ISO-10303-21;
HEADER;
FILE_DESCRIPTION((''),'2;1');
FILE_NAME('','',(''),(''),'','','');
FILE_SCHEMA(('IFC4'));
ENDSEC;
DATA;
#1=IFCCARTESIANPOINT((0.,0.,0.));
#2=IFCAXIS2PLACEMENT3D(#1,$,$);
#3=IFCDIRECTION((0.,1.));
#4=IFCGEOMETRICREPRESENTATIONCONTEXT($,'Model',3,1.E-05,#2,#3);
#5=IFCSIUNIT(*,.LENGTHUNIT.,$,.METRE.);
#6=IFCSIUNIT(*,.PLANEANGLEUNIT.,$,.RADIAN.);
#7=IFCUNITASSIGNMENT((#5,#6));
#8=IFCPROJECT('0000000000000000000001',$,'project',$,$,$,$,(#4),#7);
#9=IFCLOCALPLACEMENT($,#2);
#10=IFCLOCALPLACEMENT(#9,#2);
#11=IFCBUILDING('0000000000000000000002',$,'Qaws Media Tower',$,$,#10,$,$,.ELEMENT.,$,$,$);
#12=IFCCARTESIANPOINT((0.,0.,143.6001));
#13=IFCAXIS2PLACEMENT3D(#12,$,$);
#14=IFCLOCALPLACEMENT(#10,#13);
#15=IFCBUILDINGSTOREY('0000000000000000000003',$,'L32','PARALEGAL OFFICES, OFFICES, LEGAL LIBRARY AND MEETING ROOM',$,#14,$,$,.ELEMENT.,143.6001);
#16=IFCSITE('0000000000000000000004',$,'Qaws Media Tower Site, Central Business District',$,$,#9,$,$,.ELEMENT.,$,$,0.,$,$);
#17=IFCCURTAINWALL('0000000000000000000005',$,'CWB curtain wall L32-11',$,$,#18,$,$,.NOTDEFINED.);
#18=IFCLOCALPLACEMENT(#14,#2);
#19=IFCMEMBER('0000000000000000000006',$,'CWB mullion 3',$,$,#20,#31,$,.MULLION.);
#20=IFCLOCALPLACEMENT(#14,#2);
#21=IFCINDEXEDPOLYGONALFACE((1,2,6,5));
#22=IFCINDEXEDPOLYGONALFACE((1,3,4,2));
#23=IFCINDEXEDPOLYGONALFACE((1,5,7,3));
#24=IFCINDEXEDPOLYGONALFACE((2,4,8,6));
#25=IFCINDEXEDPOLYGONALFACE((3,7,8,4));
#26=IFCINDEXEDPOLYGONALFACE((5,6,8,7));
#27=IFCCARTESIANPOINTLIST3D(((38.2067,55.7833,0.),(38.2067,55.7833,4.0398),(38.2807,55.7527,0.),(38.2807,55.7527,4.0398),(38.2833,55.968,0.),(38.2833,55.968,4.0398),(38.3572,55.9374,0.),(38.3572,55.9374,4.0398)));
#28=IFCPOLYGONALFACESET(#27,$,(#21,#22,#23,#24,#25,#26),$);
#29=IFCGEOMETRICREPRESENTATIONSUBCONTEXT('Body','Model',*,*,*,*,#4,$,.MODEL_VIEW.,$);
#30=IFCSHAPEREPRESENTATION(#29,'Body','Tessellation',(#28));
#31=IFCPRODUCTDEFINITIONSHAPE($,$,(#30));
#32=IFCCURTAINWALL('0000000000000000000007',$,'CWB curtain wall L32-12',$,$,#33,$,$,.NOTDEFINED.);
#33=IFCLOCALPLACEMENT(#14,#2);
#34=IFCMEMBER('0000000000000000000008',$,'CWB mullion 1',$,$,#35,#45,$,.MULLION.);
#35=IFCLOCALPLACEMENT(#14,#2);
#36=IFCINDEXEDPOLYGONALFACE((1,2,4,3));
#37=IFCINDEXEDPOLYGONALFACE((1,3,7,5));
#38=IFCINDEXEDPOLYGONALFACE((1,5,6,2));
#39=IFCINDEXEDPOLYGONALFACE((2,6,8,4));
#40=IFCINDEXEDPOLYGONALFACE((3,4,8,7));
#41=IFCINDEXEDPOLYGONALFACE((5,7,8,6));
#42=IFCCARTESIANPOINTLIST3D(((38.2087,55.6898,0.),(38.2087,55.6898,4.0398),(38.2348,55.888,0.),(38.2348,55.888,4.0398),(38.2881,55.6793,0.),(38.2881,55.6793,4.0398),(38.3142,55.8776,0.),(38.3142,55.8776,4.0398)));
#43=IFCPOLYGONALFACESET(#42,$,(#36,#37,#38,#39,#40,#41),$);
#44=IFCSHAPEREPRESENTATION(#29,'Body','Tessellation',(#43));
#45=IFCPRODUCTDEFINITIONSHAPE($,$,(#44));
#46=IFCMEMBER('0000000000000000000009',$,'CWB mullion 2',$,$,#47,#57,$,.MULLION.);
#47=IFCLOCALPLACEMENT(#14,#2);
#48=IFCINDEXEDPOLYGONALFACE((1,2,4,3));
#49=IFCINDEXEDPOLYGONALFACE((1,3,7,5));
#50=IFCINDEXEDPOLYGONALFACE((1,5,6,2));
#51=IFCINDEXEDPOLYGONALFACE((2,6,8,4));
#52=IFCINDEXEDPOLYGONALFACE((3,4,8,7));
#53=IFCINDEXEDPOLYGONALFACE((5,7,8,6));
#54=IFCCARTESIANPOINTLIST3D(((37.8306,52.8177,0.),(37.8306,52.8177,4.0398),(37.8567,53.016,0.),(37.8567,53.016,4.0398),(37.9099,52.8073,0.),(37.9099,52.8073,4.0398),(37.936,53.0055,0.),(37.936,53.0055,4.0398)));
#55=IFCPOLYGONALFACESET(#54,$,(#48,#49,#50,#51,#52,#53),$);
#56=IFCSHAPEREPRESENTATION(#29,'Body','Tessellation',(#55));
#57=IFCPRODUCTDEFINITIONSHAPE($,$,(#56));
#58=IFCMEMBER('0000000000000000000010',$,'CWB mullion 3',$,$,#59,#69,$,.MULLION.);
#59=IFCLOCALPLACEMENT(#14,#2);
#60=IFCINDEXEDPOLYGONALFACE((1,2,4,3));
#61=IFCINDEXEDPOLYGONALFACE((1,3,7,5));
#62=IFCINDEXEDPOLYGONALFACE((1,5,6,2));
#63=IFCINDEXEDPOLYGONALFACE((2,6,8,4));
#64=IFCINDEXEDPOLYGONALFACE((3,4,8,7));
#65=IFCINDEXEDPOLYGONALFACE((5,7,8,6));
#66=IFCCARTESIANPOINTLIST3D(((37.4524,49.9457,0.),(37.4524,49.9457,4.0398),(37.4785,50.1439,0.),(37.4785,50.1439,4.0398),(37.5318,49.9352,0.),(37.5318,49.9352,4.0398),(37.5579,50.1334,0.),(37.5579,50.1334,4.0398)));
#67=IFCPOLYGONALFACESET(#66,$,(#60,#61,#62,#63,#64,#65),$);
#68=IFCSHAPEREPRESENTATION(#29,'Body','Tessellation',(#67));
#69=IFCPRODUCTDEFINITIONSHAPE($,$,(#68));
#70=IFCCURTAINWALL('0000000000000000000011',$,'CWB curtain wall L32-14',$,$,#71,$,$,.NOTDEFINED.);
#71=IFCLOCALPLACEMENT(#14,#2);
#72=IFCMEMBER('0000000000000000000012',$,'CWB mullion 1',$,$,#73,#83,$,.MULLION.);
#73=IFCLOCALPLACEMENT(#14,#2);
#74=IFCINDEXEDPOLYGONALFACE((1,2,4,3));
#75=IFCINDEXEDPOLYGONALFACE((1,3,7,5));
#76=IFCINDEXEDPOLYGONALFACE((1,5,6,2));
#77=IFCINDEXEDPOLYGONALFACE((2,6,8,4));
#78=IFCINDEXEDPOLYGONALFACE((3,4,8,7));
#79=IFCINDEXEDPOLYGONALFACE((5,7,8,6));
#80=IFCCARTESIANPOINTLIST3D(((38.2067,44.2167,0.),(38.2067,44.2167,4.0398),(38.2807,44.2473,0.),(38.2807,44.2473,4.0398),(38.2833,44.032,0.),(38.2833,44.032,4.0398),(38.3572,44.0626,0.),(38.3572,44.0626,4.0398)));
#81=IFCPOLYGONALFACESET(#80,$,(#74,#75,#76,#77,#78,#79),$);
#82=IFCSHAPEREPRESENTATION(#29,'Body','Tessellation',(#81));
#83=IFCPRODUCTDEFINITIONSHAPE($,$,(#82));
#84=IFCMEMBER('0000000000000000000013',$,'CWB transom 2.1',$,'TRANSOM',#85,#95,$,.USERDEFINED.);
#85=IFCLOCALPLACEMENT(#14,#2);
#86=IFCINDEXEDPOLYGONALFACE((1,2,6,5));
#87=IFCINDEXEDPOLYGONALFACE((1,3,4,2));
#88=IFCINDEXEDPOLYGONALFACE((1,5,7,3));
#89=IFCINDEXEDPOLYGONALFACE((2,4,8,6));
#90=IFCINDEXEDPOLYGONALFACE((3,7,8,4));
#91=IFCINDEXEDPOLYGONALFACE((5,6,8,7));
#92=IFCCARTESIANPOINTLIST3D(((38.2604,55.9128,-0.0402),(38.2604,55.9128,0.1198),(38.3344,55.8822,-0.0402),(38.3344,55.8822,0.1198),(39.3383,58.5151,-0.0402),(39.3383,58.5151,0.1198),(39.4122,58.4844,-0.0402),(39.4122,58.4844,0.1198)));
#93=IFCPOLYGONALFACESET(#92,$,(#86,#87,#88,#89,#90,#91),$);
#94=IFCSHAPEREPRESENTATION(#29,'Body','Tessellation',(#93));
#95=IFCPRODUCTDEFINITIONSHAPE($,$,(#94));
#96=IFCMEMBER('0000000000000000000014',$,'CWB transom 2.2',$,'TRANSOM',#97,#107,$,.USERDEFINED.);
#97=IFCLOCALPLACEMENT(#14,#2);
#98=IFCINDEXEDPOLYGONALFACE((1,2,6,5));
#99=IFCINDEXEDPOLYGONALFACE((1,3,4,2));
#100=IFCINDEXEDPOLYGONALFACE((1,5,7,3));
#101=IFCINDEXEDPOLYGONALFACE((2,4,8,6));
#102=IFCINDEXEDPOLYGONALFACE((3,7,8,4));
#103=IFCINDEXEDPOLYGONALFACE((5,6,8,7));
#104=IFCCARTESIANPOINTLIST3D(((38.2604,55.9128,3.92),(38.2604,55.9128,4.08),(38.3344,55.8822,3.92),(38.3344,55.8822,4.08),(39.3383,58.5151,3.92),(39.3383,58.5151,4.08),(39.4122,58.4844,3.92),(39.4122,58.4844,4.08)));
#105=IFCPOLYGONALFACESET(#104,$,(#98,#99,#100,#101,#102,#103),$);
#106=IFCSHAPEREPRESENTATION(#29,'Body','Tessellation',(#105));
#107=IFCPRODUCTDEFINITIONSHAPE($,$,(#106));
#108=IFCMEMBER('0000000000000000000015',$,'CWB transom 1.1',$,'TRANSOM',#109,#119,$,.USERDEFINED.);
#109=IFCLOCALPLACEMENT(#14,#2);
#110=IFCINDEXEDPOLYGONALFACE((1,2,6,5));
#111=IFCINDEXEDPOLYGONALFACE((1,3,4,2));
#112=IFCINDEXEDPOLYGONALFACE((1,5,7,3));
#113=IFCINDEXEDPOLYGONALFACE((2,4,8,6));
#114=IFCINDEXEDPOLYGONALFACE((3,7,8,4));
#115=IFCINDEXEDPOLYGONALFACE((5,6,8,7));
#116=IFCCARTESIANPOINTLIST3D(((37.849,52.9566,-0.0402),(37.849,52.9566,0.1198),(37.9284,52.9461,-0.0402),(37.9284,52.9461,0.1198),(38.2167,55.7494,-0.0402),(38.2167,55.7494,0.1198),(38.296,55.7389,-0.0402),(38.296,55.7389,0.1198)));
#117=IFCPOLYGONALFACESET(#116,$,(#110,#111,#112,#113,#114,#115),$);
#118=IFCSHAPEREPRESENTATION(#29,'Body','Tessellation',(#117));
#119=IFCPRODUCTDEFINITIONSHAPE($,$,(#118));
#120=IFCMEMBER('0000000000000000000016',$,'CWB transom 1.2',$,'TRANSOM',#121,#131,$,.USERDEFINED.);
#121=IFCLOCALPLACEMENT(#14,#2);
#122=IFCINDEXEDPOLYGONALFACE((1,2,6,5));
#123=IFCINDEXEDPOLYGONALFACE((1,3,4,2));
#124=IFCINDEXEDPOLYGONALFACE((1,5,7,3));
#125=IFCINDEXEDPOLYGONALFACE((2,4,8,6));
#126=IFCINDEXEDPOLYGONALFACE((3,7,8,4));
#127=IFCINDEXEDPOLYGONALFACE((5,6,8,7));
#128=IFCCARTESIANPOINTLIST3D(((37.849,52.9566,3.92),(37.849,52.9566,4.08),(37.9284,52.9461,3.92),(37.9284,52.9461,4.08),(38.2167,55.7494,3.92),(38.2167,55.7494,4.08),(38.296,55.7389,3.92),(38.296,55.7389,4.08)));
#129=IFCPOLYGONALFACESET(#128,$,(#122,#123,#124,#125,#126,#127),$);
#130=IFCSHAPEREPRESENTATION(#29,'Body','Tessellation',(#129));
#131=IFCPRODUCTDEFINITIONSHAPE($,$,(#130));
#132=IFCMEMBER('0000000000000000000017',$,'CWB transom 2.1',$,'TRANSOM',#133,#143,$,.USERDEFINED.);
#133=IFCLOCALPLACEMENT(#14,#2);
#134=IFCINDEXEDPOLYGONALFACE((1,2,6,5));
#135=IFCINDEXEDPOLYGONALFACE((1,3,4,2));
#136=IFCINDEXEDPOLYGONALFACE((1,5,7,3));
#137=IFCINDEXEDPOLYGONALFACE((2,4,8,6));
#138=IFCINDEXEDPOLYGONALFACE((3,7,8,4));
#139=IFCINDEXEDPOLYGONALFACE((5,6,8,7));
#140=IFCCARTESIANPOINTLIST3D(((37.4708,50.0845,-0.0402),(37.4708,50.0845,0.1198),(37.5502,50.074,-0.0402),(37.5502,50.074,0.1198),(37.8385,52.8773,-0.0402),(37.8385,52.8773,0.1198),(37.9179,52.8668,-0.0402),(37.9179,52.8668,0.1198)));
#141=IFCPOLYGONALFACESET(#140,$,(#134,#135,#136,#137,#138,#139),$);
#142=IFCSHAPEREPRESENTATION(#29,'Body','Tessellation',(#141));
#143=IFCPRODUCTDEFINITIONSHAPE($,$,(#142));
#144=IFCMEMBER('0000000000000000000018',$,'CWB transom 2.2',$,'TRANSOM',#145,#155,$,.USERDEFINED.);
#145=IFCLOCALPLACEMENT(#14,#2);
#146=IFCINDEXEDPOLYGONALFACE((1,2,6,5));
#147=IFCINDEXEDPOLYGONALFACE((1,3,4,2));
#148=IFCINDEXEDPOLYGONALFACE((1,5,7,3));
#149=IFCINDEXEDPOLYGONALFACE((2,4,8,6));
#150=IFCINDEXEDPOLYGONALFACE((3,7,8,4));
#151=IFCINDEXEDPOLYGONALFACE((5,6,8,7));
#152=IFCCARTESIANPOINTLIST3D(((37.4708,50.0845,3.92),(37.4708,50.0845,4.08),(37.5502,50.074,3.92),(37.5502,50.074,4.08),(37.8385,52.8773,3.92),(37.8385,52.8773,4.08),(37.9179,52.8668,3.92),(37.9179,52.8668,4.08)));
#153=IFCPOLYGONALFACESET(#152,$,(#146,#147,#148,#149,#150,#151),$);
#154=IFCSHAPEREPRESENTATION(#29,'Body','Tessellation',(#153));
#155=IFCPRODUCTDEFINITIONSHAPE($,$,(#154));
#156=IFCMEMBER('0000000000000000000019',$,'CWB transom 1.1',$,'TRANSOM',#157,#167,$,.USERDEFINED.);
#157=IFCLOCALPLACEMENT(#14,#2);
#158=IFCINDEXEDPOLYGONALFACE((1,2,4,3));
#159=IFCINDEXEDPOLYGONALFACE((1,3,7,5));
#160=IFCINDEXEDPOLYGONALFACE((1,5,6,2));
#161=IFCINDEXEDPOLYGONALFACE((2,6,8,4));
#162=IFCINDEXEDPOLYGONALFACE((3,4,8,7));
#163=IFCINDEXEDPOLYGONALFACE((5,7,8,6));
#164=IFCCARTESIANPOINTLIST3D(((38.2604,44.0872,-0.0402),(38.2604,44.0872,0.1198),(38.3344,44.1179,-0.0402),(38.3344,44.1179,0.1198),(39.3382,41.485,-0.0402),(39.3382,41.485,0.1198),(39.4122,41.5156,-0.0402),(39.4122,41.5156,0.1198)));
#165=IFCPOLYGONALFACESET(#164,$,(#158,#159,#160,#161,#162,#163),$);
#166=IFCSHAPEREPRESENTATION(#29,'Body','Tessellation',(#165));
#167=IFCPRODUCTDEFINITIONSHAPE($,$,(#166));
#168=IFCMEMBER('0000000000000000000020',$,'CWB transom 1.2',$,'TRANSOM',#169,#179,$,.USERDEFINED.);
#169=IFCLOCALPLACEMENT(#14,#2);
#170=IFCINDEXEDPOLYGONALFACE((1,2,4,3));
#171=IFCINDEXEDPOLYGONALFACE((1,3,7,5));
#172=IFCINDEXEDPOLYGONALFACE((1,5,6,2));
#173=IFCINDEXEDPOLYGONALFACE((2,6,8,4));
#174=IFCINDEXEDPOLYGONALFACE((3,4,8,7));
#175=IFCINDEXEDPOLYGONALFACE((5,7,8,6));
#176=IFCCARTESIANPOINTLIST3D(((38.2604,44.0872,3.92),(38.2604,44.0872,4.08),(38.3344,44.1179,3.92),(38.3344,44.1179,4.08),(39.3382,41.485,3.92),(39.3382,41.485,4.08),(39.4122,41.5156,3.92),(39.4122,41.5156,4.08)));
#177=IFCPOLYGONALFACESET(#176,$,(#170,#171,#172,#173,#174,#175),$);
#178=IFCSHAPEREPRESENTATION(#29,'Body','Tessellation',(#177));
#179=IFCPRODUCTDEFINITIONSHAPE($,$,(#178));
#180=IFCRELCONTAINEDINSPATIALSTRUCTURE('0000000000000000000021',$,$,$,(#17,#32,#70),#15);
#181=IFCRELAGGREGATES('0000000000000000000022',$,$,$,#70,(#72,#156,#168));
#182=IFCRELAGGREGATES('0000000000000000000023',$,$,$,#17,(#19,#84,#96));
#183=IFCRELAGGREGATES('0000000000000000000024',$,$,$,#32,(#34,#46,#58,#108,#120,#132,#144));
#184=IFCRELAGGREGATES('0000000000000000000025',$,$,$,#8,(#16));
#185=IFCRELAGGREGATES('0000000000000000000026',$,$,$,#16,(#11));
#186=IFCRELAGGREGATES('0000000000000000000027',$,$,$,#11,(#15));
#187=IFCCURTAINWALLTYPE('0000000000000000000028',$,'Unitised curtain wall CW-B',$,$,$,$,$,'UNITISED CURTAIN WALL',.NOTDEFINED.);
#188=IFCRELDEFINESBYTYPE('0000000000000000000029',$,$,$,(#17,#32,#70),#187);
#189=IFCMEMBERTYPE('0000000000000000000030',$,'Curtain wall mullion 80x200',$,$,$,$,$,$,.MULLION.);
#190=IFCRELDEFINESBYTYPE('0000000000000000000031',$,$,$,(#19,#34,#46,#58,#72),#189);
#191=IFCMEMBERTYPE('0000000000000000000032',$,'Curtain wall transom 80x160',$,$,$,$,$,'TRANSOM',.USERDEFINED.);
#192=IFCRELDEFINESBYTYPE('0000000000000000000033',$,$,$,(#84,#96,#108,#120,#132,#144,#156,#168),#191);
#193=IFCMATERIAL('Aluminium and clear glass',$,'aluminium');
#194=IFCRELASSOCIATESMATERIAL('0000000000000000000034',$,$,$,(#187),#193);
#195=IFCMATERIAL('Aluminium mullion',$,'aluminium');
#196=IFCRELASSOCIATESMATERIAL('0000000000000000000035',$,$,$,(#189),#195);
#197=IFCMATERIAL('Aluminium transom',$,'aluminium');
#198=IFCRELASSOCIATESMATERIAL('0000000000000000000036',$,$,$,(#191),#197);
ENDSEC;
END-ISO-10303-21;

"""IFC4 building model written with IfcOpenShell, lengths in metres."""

from ifc_helpers import new_model, si_unit, direction, frame, origin, origin_2d, place, context, subcontext, project, spatial, rectangle, extrude, material, material_profile, profile_set, type_object, element, aggregate, save


model = new_model("IFC4")

# Units and contexts
model_context = context("Model", 3, precision=1e-05, world=origin(), true_north=direction((0.0, 1.0)))
body_context = subcontext(model_context, "Body", "Model", "MODEL_VIEW")
ifc_project = project(units=[si_unit("LENGTHUNIT", "METRE"), si_unit("PLANEANGLEUNIT", "RADIAN")], contexts=[model_context])

# Site, building, storey
site_placement = place(None, origin())
site = spatial("IfcSite", under=ifc_project, at=site_placement, Name="Qaws Media Tower Site, Central Business District", CompositionType="ELEMENT", RefElevation=0.0)
building_placement = place(site_placement, origin())
building = spatial("IfcBuilding", under=site, at=building_placement, Name="Qaws Media Tower", CompositionType="ELEMENT")
storey_placement = place(building_placement, frame((0.0, 0.0, 143.6001)))
storey = spatial("IfcBuildingStorey", under=building, at=storey_placement, Name="L32", Description="PARALEGAL OFFICES, OFFICES, LEGAL LIBRARY AND MEETING ROOM", CompositionType="ELEMENT", Elevation=143.6001)

# Curtain wall, member
ifc_material_1 = material(Name="Aluminium and clear glass", Category="aluminium")
curtain_wall_type = type_object("IfcCurtainWallType", Name="Unitised curtain wall CW-B", ElementType="UNITISED CURTAIN WALL", PredefinedType="NOTDEFINED", material=ifc_material_1)
curtain_wall_1_placement = place(storey_placement, origin())
curtain_wall_1 = element("IfcCurtainWall", 1, at=curtain_wall_1_placement, inside=storey, type_object=curtain_wall_type, Name="CWB curtain wall L32-11", PredefinedType="NOTDEFINED")
ifc_material_2 = material(Name="Aluminium mullion", Category="aluminium")
ifc_material_profile_1 = material_profile(ifc_material_2, rectangle(XDim=0.0801, YDim=0.2, at=origin_2d()), Name="80x200")
ifc_profile_set_1 = profile_set([ifc_material_profile_1], Name="Aluminium mullion")
member_type_1 = type_object("IfcMemberType", Name="Curtain wall mullion 80x200", PredefinedType="MULLION", material=ifc_profile_set_1)
member_1_placement = place(storey_placement, frame((38.282, 55.8604, 0.0), z_axis=(0.0, 0.0, 1.0), x_axis=(0.92388, -0.382683, 0.0)))
member_1 = element("IfcMember", 2, at=member_1_placement, type_object=member_type_1, Name="CWB mullion 3", PredefinedType="MULLION", context=body_context, shape_type="SweptSolid", body=[
    extrude(rectangle(XDim=0.0801, YDim=0.2, at=origin_2d()), origin(), (0.0, 0.0, 1.0), 4.0398),
])

# Curtain wall, members
curtain_wall_2_placement = place(storey_placement, origin())
curtain_wall_2 = element("IfcCurtainWall", 3, at=curtain_wall_2_placement, inside=storey, type_object=curtain_wall_type, Name="CWB curtain wall L32-12", PredefinedType="NOTDEFINED")
member_2_placement = place(storey_placement, frame((38.2615, 55.7837, 0.0), z_axis=(0.0, 0.0, 1.0), x_axis=(0.991445, -0.130526, 0.0)))
member_2 = element("IfcMember", 4, at=member_2_placement, type_object=member_type_1, Name="CWB mullion 1", PredefinedType="MULLION", context=body_context, shape_type="SweptSolid", body=[
    extrude(rectangle(XDim=0.0801, YDim=0.2, at=origin_2d()), origin(), (0.0, 0.0, 1.0), 4.0398),
])
member_3_placement = place(storey_placement, frame((37.8833, 52.9116, 0.0), z_axis=(0.0, 0.0, 1.0), x_axis=(0.991445, -0.130526, 0.0)))
member_3 = element("IfcMember", 5, at=member_3_placement, type_object=member_type_1, Name="CWB mullion 2", PredefinedType="MULLION", context=body_context, shape_type="SweptSolid", body=[
    extrude(rectangle(XDim=0.0801, YDim=0.2, at=origin_2d()), origin(), (0.0, 0.0, 1.0), 4.0398),
])
member_4_placement = place(storey_placement, frame((37.5051, 50.0396, 0.0), z_axis=(0.0, 0.0, 1.0), x_axis=(0.991445, -0.130526, 0.0)))
member_4 = element("IfcMember", 6, at=member_4_placement, type_object=member_type_1, Name="CWB mullion 3", PredefinedType="MULLION", context=body_context, shape_type="SweptSolid", body=[
    extrude(rectangle(XDim=0.0801, YDim=0.2, at=origin_2d()), origin(), (0.0, 0.0, 1.0), 4.0398),
])

# Curtain wall, member
curtain_wall_3_placement = place(storey_placement, origin())
curtain_wall_3 = element("IfcCurtainWall", 7, at=curtain_wall_3_placement, inside=storey, type_object=curtain_wall_type, Name="CWB curtain wall L32-14", PredefinedType="NOTDEFINED")
member_5_placement = place(storey_placement, frame((38.282, 44.1396, 0.0), z_axis=(0.0, 0.0, 1.0), x_axis=(0.92388, 0.382683, 0.0)))
member_5 = element("IfcMember", 8, at=member_5_placement, type_object=member_type_1, Name="CWB mullion 1", PredefinedType="MULLION", context=body_context, shape_type="SweptSolid", body=[
    extrude(rectangle(XDim=0.0801, YDim=0.2, at=origin_2d()), origin(), (0.0, 0.0, 1.0), 4.0398),
])

# Members
ifc_material_3 = material(Name="Aluminium transom", Category="aluminium")
ifc_material_profile_2 = material_profile(ifc_material_3, rectangle(XDim=0.0801, YDim=0.1599, at=origin_2d()), Name="80x160")
ifc_profile_set_2 = profile_set([ifc_material_profile_2], Name="Aluminium transom")
member_type_2 = type_object("IfcMemberType", Name="Curtain wall transom 80x160", ElementType="TRANSOM", PredefinedType="USERDEFINED", material=ifc_profile_set_2)
member_6_placement = place(storey_placement, frame((39.3752, 58.4998, 0.0398), z_axis=(-0.382676, -0.923883, 0.0), x_axis=(0.923883, -0.382676, 0.0)))
member_6 = element("IfcMember", 9, at=member_6_placement, type_object=member_type_2, Name="CWB transom 2.1", ObjectType="TRANSOM", PredefinedType="USERDEFINED", context=body_context, shape_type="SweptSolid", body=[
    extrude(rectangle(XDim=0.0801, YDim=0.1599, at=origin_2d()), origin(), (0.0, 0.0, 1.0), 2.8167),
])
member_7_placement = place(storey_placement, frame((39.3752, 58.4998, 4.0), z_axis=(-0.382676, -0.923883, 0.0), x_axis=(0.923883, -0.382676, 0.0)))
member_7 = element("IfcMember", 10, at=member_7_placement, type_object=member_type_2, Name="CWB transom 2.2", ObjectType="TRANSOM", PredefinedType="USERDEFINED", context=body_context, shape_type="SweptSolid", body=[
    extrude(rectangle(XDim=0.0801, YDim=0.1599, at=origin_2d()), origin(), (0.0, 0.0, 1.0), 2.8167),
])
member_8_placement = place(storey_placement, frame((38.2563, 55.7441, 0.0398), z_axis=(-0.130528, -0.991445, 0.0), x_axis=(0.991445, -0.130528, 0.0)))
member_8 = element("IfcMember", 11, at=member_8_placement, type_object=member_type_2, Name="CWB transom 1.1", ObjectType="TRANSOM", PredefinedType="USERDEFINED", context=body_context, shape_type="SweptSolid", body=[
    extrude(rectangle(XDim=0.0801, YDim=0.1599, at=origin_2d()), origin(), (0.0, 0.0, 1.0), 2.8169),
])
member_9_placement = place(storey_placement, frame((38.2563, 55.7441, 4.0), z_axis=(-0.130528, -0.991445, 0.0), x_axis=(0.991445, -0.130528, 0.0)))
member_9 = element("IfcMember", 12, at=member_9_placement, type_object=member_type_2, Name="CWB transom 1.2", ObjectType="TRANSOM", PredefinedType="USERDEFINED", context=body_context, shape_type="SweptSolid", body=[
    extrude(rectangle(XDim=0.0801, YDim=0.1599, at=origin_2d()), origin(), (0.0, 0.0, 1.0), 2.8169),
])
member_10_placement = place(storey_placement, frame((37.8782, 52.8721, 0.0398), z_axis=(-0.130528, -0.991445, 0.0), x_axis=(0.991445, -0.130528, 0.0)))
member_10 = element("IfcMember", 13, at=member_10_placement, type_object=member_type_2, Name="CWB transom 2.1", ObjectType="TRANSOM", PredefinedType="USERDEFINED", context=body_context, shape_type="SweptSolid", body=[
    extrude(rectangle(XDim=0.0801, YDim=0.1599, at=origin_2d()), origin(), (0.0, 0.0, 1.0), 2.8169),
])
member_11_placement = place(storey_placement, frame((37.8782, 52.8721, 4.0), z_axis=(-0.130528, -0.991445, 0.0), x_axis=(0.991445, -0.130528, 0.0)))
member_11 = element("IfcMember", 14, at=member_11_placement, type_object=member_type_2, Name="CWB transom 2.2", ObjectType="TRANSOM", PredefinedType="USERDEFINED", context=body_context, shape_type="SweptSolid", body=[
    extrude(rectangle(XDim=0.0801, YDim=0.1599, at=origin_2d()), origin(), (0.0, 0.0, 1.0), 2.8169),
])
member_12_placement = place(storey_placement, frame((38.2974, 44.1025, 0.0398), z_axis=(0.382676, -0.923883, 0.0), x_axis=(0.923883, 0.382676, 0.0)))
member_12 = element("IfcMember", 15, at=member_12_placement, type_object=member_type_2, Name="CWB transom 1.1", ObjectType="TRANSOM", PredefinedType="USERDEFINED", context=body_context, shape_type="SweptSolid", body=[
    extrude(rectangle(XDim=0.0801, YDim=0.1599, at=origin_2d()), origin(), (0.0, 0.0, 1.0), 2.8167),
])
member_13_placement = place(storey_placement, frame((38.2974, 44.1025, 4.0), z_axis=(0.382676, -0.923883, 0.0), x_axis=(0.923883, 0.382676, 0.0)))
member_13 = element("IfcMember", 16, at=member_13_placement, type_object=member_type_2, Name="CWB transom 1.2", ObjectType="TRANSOM", PredefinedType="USERDEFINED", context=body_context, shape_type="SweptSolid", body=[
    extrude(rectangle(XDim=0.0801, YDim=0.1599, at=origin_2d()), origin(), (0.0, 0.0, 1.0), 2.8167),
])
aggregate(curtain_wall_3, [member_5, member_12, member_13])

aggregate(curtain_wall_1, [member_1, member_6, member_7])
aggregate(curtain_wall_2, [member_2, member_3, member_4, member_8, member_9, member_10, member_11])

save(model, "model.ifc")
